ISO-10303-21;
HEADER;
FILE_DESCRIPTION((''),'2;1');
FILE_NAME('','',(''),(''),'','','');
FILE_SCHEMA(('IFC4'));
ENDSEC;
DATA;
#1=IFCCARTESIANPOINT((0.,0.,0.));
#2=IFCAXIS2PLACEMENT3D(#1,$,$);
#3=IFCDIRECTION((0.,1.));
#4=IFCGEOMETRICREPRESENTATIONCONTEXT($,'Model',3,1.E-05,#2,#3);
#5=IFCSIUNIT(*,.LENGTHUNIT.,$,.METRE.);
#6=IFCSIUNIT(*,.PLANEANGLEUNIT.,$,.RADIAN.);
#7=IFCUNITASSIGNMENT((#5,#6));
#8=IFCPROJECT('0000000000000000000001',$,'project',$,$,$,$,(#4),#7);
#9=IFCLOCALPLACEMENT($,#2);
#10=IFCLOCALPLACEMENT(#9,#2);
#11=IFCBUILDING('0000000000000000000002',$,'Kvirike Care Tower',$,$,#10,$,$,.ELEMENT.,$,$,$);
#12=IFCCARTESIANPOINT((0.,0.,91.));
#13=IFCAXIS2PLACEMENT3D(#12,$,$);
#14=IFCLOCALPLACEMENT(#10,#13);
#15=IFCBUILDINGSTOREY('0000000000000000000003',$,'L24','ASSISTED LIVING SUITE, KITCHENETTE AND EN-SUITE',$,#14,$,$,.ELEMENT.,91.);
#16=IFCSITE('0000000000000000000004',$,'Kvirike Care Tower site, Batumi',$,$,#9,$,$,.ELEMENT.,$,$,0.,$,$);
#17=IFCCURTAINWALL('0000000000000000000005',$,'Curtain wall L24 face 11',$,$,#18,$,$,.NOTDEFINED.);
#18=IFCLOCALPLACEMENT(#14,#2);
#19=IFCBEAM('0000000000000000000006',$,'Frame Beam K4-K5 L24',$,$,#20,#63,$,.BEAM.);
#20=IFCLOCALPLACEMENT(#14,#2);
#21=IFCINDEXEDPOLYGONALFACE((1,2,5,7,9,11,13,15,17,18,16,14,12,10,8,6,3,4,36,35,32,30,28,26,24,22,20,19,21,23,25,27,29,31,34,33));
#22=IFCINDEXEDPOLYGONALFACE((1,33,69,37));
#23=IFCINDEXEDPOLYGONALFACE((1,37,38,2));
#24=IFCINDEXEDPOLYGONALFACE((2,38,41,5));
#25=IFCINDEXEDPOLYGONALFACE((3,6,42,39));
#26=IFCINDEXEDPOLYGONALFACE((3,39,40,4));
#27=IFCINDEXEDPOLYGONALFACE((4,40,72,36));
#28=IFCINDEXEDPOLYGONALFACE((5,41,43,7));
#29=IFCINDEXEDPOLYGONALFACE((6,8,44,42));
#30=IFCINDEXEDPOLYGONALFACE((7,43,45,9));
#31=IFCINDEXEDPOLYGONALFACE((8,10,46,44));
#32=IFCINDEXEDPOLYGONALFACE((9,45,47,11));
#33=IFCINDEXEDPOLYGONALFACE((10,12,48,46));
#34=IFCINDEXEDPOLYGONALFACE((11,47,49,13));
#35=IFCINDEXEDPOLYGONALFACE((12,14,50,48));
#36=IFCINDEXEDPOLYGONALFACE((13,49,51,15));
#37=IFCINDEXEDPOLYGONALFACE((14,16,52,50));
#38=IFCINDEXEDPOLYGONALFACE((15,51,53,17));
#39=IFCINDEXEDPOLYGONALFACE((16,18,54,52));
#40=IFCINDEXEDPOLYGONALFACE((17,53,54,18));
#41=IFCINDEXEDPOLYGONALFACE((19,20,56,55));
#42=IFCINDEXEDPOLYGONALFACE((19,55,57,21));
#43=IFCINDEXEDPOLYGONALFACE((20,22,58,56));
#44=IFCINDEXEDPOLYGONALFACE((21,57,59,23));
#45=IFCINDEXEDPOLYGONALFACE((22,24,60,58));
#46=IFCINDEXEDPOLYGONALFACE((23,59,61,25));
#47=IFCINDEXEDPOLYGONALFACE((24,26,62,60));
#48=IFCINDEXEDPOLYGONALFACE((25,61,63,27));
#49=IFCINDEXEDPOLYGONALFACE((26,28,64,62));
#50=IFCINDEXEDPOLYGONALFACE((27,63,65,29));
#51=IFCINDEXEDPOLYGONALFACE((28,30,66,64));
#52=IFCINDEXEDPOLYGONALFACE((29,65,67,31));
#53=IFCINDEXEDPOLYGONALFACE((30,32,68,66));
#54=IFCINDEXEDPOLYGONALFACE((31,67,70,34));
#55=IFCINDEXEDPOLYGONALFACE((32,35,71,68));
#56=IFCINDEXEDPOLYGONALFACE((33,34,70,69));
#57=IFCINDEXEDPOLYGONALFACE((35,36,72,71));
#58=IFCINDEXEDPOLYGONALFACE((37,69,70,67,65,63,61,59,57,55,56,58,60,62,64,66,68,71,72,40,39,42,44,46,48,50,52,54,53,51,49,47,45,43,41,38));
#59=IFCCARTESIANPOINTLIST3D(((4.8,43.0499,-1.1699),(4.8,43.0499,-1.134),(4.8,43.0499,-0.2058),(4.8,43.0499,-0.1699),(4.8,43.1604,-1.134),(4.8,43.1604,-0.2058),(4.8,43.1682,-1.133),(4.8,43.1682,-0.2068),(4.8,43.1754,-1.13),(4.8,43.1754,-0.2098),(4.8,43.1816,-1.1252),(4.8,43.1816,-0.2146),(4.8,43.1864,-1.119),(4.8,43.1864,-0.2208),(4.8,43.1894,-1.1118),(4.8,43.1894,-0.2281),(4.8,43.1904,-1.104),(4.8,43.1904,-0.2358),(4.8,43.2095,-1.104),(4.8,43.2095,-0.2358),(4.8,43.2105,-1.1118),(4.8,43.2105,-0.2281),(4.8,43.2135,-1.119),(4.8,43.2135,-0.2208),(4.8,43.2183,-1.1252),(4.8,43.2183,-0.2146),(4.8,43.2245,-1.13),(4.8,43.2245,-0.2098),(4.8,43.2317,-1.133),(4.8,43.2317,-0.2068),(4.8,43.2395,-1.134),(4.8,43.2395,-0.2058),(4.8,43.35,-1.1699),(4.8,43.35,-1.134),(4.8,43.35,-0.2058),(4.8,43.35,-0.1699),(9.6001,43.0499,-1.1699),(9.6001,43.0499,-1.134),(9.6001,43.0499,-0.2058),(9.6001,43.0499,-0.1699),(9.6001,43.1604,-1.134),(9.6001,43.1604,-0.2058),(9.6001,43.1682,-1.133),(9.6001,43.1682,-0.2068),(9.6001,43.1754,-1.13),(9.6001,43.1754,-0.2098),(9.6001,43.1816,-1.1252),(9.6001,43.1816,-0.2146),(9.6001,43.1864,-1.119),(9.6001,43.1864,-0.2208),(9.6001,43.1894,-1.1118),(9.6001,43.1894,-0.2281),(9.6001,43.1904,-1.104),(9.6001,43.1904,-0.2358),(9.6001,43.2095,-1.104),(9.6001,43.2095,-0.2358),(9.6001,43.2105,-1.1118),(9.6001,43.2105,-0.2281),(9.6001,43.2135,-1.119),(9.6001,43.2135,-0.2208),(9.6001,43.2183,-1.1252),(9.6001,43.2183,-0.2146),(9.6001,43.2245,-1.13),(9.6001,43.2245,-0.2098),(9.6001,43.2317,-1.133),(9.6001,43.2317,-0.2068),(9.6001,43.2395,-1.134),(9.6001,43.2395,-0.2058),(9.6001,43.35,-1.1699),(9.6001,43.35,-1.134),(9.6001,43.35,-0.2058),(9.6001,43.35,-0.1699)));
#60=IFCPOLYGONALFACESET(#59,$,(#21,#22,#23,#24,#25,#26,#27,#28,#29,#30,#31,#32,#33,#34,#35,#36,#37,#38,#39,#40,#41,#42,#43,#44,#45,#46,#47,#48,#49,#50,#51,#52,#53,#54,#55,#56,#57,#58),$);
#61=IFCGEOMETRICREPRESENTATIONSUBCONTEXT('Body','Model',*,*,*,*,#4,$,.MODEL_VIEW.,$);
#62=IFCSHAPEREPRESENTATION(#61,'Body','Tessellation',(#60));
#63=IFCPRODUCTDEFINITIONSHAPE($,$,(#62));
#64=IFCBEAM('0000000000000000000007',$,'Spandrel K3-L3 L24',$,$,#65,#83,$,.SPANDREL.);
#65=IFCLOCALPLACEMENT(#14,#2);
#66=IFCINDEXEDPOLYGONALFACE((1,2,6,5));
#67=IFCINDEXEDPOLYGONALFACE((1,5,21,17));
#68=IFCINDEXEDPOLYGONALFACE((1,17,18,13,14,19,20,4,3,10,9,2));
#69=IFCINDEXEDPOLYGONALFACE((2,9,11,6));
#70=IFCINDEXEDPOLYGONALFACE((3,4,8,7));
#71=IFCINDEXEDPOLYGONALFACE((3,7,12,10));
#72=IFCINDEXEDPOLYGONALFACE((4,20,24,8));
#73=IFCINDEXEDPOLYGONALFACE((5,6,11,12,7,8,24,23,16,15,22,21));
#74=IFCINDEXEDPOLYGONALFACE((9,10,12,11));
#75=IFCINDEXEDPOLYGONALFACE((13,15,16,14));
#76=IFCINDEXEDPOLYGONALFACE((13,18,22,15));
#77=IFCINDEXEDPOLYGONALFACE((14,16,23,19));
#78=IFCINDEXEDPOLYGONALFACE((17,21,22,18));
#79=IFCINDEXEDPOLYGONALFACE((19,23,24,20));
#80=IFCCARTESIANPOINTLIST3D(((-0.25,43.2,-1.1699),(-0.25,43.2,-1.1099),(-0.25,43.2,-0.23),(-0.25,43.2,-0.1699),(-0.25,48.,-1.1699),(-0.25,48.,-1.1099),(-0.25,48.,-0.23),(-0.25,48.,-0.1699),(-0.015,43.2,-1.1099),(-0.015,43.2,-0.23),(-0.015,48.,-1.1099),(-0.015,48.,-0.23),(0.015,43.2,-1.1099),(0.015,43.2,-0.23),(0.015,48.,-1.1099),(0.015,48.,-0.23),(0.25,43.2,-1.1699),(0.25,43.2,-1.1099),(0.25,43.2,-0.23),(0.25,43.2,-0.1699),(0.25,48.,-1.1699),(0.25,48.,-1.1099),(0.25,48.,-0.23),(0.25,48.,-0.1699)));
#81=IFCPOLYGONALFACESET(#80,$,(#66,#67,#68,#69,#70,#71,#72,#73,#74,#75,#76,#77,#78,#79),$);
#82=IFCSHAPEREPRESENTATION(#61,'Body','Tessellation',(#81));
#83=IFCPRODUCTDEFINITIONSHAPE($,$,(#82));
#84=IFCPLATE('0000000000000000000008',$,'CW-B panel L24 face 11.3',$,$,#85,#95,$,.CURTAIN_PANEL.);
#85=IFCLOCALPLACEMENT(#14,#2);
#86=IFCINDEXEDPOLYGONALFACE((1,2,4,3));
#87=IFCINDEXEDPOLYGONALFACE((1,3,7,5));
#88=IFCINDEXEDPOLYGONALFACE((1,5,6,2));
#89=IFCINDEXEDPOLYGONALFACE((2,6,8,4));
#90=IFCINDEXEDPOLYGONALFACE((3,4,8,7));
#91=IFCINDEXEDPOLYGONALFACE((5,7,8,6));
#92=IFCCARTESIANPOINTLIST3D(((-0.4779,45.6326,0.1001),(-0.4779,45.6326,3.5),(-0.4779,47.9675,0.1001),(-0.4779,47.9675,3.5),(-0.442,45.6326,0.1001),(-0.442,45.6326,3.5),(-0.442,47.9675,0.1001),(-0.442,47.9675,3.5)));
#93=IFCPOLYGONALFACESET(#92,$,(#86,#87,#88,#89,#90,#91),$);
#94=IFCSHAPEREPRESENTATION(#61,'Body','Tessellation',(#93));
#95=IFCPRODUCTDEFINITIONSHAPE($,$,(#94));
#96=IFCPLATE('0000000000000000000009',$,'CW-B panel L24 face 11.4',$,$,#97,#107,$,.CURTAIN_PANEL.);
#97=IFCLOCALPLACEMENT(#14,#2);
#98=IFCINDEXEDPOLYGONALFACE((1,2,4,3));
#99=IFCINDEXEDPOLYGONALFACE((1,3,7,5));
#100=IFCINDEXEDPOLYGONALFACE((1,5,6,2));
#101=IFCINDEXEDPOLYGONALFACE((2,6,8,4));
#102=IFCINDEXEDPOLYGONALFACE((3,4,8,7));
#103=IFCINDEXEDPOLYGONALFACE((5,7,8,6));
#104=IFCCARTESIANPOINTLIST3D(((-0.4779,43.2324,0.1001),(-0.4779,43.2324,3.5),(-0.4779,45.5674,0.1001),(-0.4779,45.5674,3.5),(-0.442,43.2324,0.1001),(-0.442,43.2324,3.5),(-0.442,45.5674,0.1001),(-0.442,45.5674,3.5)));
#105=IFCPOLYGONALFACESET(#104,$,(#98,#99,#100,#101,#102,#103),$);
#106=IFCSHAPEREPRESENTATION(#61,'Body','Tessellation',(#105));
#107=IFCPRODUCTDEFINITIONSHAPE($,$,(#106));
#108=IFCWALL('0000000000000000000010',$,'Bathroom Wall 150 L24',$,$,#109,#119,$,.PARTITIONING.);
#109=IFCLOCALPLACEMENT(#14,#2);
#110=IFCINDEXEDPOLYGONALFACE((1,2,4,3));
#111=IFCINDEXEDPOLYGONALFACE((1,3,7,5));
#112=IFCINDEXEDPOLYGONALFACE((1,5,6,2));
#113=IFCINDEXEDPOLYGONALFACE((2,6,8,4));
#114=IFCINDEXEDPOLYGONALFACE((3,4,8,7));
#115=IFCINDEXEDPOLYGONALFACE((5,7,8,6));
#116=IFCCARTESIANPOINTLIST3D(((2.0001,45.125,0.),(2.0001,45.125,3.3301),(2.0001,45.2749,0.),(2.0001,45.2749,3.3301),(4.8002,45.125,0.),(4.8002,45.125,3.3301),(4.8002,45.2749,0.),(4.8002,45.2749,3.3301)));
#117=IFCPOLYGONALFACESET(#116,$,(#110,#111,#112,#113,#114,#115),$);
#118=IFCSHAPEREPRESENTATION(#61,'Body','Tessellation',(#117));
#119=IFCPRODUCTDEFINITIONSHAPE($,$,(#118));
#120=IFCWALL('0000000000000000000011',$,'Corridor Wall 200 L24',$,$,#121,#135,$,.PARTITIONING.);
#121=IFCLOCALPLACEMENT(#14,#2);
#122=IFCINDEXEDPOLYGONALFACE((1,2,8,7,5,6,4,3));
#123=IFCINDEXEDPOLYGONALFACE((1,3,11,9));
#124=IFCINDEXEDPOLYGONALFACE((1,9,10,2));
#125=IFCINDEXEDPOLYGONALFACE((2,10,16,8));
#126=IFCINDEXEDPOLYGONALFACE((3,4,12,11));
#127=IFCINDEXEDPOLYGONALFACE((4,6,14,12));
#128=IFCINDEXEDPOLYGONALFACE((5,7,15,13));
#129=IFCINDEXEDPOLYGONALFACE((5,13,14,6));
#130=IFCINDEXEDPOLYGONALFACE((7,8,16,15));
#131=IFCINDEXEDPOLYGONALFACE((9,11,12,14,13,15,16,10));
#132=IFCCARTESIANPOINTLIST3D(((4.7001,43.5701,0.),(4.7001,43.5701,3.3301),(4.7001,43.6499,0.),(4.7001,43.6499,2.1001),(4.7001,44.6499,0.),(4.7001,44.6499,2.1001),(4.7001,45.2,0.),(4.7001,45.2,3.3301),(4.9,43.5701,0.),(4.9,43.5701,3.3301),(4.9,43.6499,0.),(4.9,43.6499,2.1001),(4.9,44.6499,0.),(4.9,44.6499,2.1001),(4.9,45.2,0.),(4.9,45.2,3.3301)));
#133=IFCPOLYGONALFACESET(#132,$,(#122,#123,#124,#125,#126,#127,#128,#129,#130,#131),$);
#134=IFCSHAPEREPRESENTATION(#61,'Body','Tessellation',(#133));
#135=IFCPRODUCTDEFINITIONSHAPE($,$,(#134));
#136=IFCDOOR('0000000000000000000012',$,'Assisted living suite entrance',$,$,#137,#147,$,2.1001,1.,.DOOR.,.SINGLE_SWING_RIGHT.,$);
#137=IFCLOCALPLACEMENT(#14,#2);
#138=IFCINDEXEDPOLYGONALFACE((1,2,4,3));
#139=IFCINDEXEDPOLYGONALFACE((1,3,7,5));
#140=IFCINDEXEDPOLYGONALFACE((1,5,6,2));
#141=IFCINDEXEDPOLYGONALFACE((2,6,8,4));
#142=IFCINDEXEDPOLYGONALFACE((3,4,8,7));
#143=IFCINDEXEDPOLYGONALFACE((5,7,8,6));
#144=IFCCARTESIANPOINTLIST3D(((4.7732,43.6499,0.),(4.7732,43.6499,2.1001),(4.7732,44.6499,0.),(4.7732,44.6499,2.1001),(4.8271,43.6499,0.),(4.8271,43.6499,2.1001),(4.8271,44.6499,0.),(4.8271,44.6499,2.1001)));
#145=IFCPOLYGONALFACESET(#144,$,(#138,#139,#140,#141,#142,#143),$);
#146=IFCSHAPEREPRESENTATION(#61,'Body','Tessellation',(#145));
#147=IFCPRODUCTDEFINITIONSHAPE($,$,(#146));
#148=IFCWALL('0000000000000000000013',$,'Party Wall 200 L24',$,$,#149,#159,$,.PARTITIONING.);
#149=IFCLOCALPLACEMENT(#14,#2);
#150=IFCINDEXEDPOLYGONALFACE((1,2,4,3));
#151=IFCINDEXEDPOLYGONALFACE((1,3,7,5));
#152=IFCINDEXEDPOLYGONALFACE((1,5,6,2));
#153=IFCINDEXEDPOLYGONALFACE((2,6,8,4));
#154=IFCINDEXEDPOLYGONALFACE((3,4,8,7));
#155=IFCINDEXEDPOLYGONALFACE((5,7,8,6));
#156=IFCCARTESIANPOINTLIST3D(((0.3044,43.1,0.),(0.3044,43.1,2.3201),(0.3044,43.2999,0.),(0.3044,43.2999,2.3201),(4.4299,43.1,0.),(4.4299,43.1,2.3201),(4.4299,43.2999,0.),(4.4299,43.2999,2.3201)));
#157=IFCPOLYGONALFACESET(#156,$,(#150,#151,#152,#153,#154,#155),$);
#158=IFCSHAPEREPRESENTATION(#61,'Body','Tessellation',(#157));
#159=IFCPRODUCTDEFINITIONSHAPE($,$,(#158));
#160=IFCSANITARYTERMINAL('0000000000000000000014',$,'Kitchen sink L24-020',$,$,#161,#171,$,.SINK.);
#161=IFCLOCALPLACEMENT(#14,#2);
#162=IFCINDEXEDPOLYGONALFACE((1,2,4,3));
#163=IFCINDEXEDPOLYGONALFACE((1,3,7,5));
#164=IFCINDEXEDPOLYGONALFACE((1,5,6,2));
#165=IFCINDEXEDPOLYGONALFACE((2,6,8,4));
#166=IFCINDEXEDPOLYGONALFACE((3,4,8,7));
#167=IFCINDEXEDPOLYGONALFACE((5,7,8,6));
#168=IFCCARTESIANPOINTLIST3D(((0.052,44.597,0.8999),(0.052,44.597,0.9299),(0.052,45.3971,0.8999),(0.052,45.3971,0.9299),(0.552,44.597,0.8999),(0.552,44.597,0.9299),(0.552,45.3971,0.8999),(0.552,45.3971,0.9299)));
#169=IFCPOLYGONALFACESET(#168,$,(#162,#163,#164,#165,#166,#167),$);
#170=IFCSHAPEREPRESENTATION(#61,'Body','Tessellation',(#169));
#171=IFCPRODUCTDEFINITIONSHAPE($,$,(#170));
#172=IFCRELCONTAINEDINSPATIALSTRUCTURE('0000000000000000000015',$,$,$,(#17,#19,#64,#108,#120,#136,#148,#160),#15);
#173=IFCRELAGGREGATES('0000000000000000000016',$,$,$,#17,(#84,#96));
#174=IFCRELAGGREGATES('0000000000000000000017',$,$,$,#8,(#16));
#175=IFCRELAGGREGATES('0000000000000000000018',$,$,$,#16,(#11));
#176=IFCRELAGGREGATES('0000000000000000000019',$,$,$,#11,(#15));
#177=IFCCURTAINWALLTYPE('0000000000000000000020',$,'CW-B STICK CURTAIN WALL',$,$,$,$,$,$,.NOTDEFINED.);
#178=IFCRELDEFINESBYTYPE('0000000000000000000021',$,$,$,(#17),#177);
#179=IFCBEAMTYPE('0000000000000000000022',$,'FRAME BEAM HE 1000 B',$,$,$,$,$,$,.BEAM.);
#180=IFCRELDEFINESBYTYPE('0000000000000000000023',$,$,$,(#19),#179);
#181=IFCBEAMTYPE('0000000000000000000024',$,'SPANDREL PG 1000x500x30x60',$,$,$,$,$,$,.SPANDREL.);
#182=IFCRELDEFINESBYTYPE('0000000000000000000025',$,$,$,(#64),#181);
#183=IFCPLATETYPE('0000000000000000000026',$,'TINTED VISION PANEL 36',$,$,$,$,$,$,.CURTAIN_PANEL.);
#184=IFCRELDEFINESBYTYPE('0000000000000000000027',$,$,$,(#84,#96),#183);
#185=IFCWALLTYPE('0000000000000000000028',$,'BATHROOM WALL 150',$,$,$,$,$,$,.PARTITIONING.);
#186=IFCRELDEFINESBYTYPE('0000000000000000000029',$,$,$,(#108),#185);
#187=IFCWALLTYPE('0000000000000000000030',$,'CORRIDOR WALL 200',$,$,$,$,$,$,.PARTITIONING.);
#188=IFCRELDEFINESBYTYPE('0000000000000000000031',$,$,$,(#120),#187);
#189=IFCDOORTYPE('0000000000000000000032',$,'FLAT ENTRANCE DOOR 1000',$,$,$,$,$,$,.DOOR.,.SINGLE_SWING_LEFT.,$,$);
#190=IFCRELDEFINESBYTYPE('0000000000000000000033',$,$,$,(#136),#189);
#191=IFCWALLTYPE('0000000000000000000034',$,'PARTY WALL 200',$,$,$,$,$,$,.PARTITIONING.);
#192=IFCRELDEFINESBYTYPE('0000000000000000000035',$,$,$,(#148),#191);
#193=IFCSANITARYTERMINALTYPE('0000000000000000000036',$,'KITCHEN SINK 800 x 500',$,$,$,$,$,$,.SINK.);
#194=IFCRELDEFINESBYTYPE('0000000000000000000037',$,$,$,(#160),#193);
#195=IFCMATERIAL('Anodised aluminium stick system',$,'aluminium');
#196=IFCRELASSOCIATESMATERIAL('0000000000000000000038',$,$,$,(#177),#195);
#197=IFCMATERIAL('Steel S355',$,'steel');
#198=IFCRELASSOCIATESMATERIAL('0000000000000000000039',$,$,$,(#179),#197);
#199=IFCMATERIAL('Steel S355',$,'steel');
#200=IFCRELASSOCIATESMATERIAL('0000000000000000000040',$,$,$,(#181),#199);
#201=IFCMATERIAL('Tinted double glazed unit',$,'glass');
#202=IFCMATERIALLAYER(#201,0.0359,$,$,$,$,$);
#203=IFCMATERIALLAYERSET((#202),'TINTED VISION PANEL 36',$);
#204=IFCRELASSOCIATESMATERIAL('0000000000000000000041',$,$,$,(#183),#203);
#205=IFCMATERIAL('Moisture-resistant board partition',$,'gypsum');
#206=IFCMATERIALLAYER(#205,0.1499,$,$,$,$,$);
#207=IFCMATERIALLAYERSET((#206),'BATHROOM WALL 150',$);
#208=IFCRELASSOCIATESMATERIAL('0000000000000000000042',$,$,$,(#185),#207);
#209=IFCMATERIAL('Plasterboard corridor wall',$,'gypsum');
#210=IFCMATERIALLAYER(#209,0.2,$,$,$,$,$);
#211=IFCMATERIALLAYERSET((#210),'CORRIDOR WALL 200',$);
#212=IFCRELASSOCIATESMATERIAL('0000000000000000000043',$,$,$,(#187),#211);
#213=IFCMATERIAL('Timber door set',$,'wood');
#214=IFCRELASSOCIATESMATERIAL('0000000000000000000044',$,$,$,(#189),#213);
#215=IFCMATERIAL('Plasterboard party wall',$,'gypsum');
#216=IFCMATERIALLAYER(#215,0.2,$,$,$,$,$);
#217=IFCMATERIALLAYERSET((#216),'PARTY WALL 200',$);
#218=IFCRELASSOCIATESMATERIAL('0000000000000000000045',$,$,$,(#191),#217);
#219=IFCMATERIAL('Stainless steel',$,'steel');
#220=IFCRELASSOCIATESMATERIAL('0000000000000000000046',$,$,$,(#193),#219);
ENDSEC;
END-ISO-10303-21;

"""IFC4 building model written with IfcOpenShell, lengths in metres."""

from ifc_helpers import new_model, si_unit, direction, frame, frame_2d, origin, origin_2d, place, context, subcontext, project, spatial, rectangle, i_section, extrude, material, layer, layer_set, material_profile, profile_set, type_object, element, fill, aggregate, save


model = new_model("IFC4")

# Units and contexts
model_context = context("Model", 3, precision=1e-05, world=origin(), true_north=direction((0.0, 1.0)))
body_context = subcontext(model_context, "Body", "Model", "MODEL_VIEW")
ifc_project = project(units=[si_unit("LENGTHUNIT", "METRE"), si_unit("PLANEANGLEUNIT", "RADIAN")], contexts=[model_context])

# Site, building, storey
site_placement = place(None, origin())
site = spatial("IfcSite", under=ifc_project, at=site_placement, Name="Kvirike Care Tower site, Batumi", CompositionType="ELEMENT", RefElevation=0.0)
building_placement = place(site_placement, origin())
building = spatial("IfcBuilding", under=site, at=building_placement, Name="Kvirike Care Tower", CompositionType="ELEMENT")
storey_placement = place(building_placement, frame((0.0, 0.0, 91.0)))
storey = spatial("IfcBuildingStorey", under=building, at=storey_placement, Name="L24", Description="ASSISTED LIVING SUITE, KITCHENETTE AND EN-SUITE", CompositionType="ELEMENT", Elevation=91.0)

# Curtain wall
ifc_material_1 = material(Name="Anodised aluminium stick system", Category="aluminium")
curtain_wall_type = type_object("IfcCurtainWallType", Name="CW-B STICK CURTAIN WALL", PredefinedType="NOTDEFINED", material=ifc_material_1)
curtain_wall_placement = place(storey_placement, origin())
curtain_wall = element("IfcCurtainWall", 1, at=curtain_wall_placement, inside=storey, type_object=curtain_wall_type, Name="Curtain wall L24 face 11", PredefinedType="NOTDEFINED")

# Beams
ifc_material_2 = material(Name="Steel S355", Category="steel")
ifc_material_profile_1 = material_profile(ifc_material_2, i_section(OverallWidth=0.3, OverallDepth=1.0, WebThickness=0.019, FlangeThickness=0.0359, FilletRadius=0.03, at=origin_2d()), Name="HE 1000 B")
ifc_profile_set_1 = profile_set([ifc_material_profile_1], Name="Steel S355")
beam_type_1 = type_object("IfcBeamType", Name="FRAME BEAM HE 1000 B", PredefinedType="BEAM", material=ifc_profile_set_1)
for number, where, z_axis, x_axis, name in (
    (2, (4.8, 43.2, -0.6699), (1.0, 0.0, 0.0), (0.0, 1.0, 0.0), "Frame Beam K4-K5 L24"),
):
    element("IfcBeam", number, at=place(storey_placement, frame(where, z_axis=z_axis, x_axis=x_axis)), inside=storey, type_object=beam_type_1, Name=name, PredefinedType="BEAM", context=body_context, shape_type="SweptSolid", body=[
        extrude(i_section(OverallWidth=0.3, OverallDepth=1.0, WebThickness=0.019, FlangeThickness=0.0359, FilletRadius=0.03, at=origin_2d()), origin(), (0.0, 0.0, 1.0), 4.8),
    ])
ifc_material_3 = material(Name="Steel S355", Category="steel")
ifc_material_profile_2 = material_profile(ifc_material_3, i_section(OverallWidth=0.5, OverallDepth=1.0, WebThickness=0.03, FlangeThickness=0.0601, at=origin_2d()), Name="PG 1000x500x30x60")
ifc_profile_set_2 = profile_set([ifc_material_profile_2], Name="Steel S355")
beam_type_2 = type_object("IfcBeamType", Name="SPANDREL PG 1000x500x30x60", PredefinedType="SPANDREL", material=ifc_profile_set_2)
beam_placement = place(storey_placement, frame((0.0, 43.2, -0.6699), z_axis=(0.0, 1.0, 0.0), x_axis=(-1.0, 0.0, 0.0)))
element("IfcBeam", 3, at=beam_placement, inside=storey, type_object=beam_type_2, Name="Spandrel K3-L3 L24", PredefinedType="SPANDREL", context=body_context, shape_type="SweptSolid", body=[
    extrude(i_section(OverallWidth=0.5, OverallDepth=1.0, WebThickness=0.03, FlangeThickness=0.0601, at=origin_2d()), origin(), (0.0, 0.0, 1.0), 4.8),
])

# Plates
ifc_material_4 = material(Name="Tinted double glazed unit", Category="glass")
ifc_layer_1 = layer(ifc_material_4, 0.0359)
ifc_layer_set_1 = layer_set([ifc_layer_1], Name="TINTED VISION PANEL 36")
plate_type = type_object("IfcPlateType", Name="TINTED VISION PANEL 36", PredefinedType="CURTAIN_PANEL", material=ifc_layer_set_1)
plate_1_placement = place(storey_placement, frame((-0.46, 46.8, 0.1001), z_axis=(0.0, 0.0, 1.0), x_axis=(0.0, -1.0, 0.0)))
plate_1 = element("IfcPlate", 4, at=plate_1_placement, type_object=plate_type, Name="CW-B panel L24 face 11.3", PredefinedType="CURTAIN_PANEL", context=body_context, shape_type="SweptSolid", body=[
    extrude(rectangle(XDim=2.335, YDim=0.0359, at=origin_2d()), origin(), (0.0, 0.0, 1.0), 3.3999),
])
plate_2_placement = place(storey_placement, frame((-0.46, 44.3999, 0.1001), z_axis=(0.0, 0.0, 1.0), x_axis=(0.0, -1.0, 0.0)))
plate_2 = element("IfcPlate", 5, at=plate_2_placement, type_object=plate_type, Name="CW-B panel L24 face 11.4", PredefinedType="CURTAIN_PANEL", context=body_context, shape_type="SweptSolid", body=[
    extrude(rectangle(XDim=2.335, YDim=0.0359, at=origin_2d()), origin(), (0.0, 0.0, 1.0), 3.3999),
])
aggregate(curtain_wall, [plate_1, plate_2])

# Wall
ifc_material_5 = material(Name="Moisture-resistant board partition", Category="gypsum")
ifc_layer_2 = layer(ifc_material_5, 0.1499)
ifc_layer_set_2 = layer_set([ifc_layer_2], Name="BATHROOM WALL 150")
wall_type_1 = type_object("IfcWallType", Name="BATHROOM WALL 150", PredefinedType="PARTITIONING", material=ifc_layer_set_2)
wall_1_placement = place(storey_placement, frame((4.8, 45.2, 0.0), z_axis=(0.0, 0.0, 1.0), x_axis=(-1.0, 0.0, 0.0)))
element("IfcWall", 6, at=wall_1_placement, inside=storey, type_object=wall_type_1, Name="Bathroom Wall 150 L24", PredefinedType="PARTITIONING", context=body_context, shape_type="SweptSolid", body=[
    extrude(rectangle(XDim=2.8, YDim=0.1499, at=frame_2d((1.3999, 0.0))), origin(), (0.0, 0.0, 1.0), 3.3301),
])

# Wall, opening, door
ifc_material_6 = material(Name="Plasterboard corridor wall", Category="gypsum")
ifc_layer_3 = layer(ifc_material_6, 0.2)
ifc_layer_set_3 = layer_set([ifc_layer_3], Name="CORRIDOR WALL 200")
wall_type_2 = type_object("IfcWallType", Name="CORRIDOR WALL 200", PredefinedType="PARTITIONING", material=ifc_layer_set_3)
wall_2_placement = place(storey_placement, frame((4.8, 45.2, 0.0), z_axis=(0.0, 0.0, 1.0), x_axis=(0.0, -1.0, 0.0)))
wall_2 = element("IfcWall", 7, at=wall_2_placement, inside=storey, type_object=wall_type_2, Name="Corridor Wall 200 L24", PredefinedType="PARTITIONING", context=body_context, shape_type="SweptSolid", body=[
    extrude(rectangle(XDim=1.6299, YDim=0.2, at=frame_2d((0.8149, 0.0))), origin(), (0.0, 0.0, 1.0), 3.3301),
])
opening_placement = place(wall_2_placement, frame((0.55, 0.0, 0.0)))
opening = element("IfcOpeningElement", 8, at=opening_placement, cuts=wall_2, PredefinedType="OPENING", context=body_context, shape_type="SweptSolid", body=[
    extrude(rectangle(XDim=1.0, YDim=2.1001, at=frame_2d((0.5, 1.05))), frame((0.0, 0.1106, 0.0), z_axis=(0.0, -1.0, 0.0), x_axis=(1.0, 0.0, 0.0)), (0.0, 0.0, 1.0), 0.2209),
])
ifc_material_7 = material(Name="Timber door set", Category="wood")
door_type = type_object("IfcDoorType", Name="FLAT ENTRANCE DOOR 1000", OperationType="SINGLE_SWING_LEFT", PredefinedType="DOOR", material=ifc_material_7)
door_placement = place(opening_placement, frame((1.0, 0.0, 0.0), z_axis=(0.0, 0.0, 1.0), x_axis=(-1.0, 0.0, 0.0)))
door = element("IfcDoor", 9, at=door_placement, inside=storey, type_object=door_type, Name="Assisted living suite entrance", OperationType="SINGLE_SWING_RIGHT", OverallHeight=2.1001, OverallWidth=1.0, PredefinedType="DOOR", context=body_context, shape_type="SweptSolid", body=[
    extrude(rectangle(XDim=1.0, YDim=2.1001, at=frame_2d((0.5, 1.05))), frame((0.0, 0.0269, 0.0), z_axis=(0.0, -1.0, 0.0), x_axis=(1.0, 0.0, 0.0)), (0.0, 0.0, 1.0), 0.054),
])
fill(opening, door)

# Wall
ifc_material_8 = material(Name="Plasterboard party wall", Category="gypsum")
ifc_layer_4 = layer(ifc_material_8, 0.2)
ifc_layer_set_4 = layer_set([ifc_layer_4], Name="PARTY WALL 200")
wall_type_3 = type_object("IfcWallType", Name="PARTY WALL 200", PredefinedType="PARTITIONING", material=ifc_layer_set_4)
wall_3_placement = place(storey_placement, frame((4.4299, 43.2, 0.0), z_axis=(0.0, 0.0, 1.0), x_axis=(-1.0, 0.0, 0.0)))
element("IfcWall", 10, at=wall_3_placement, inside=storey, type_object=wall_type_3, Name="Party Wall 200 L24", PredefinedType="PARTITIONING", context=body_context, shape_type="SweptSolid", body=[
    extrude(rectangle(XDim=4.1255, YDim=0.2, at=frame_2d((2.0627, 0.0))), origin(), (0.0, 0.0, 1.0), 2.3201),
])

# Sanitary terminal
ifc_material_9 = material(Name="Stainless steel", Category="steel")
sanitary_terminal_type_1 = type_object("IfcSanitaryTerminalType", Name="KITCHEN SINK 800 x 500", PredefinedType="SINK", material=ifc_material_9)
sanitary_terminal_1_placement = place(storey_placement, frame((0.302, 44.9971, 0.8999), z_axis=(0.0, 0.0, 1.0), x_axis=(0.0, 1.0, 0.0)))
element("IfcSanitaryTerminal", 11, at=sanitary_terminal_1_placement, inside=storey, type_object=sanitary_terminal_type_1, Name="Kitchen sink L24-020", PredefinedType="SINK", context=body_context, shape_type="SweptSolid", body=[
    extrude(rectangle(XDim=0.8, YDim=0.5, at=origin_2d()), origin(), (0.0, 0.0, 1.0), 0.03),
])

save(model, "model.ifc")
